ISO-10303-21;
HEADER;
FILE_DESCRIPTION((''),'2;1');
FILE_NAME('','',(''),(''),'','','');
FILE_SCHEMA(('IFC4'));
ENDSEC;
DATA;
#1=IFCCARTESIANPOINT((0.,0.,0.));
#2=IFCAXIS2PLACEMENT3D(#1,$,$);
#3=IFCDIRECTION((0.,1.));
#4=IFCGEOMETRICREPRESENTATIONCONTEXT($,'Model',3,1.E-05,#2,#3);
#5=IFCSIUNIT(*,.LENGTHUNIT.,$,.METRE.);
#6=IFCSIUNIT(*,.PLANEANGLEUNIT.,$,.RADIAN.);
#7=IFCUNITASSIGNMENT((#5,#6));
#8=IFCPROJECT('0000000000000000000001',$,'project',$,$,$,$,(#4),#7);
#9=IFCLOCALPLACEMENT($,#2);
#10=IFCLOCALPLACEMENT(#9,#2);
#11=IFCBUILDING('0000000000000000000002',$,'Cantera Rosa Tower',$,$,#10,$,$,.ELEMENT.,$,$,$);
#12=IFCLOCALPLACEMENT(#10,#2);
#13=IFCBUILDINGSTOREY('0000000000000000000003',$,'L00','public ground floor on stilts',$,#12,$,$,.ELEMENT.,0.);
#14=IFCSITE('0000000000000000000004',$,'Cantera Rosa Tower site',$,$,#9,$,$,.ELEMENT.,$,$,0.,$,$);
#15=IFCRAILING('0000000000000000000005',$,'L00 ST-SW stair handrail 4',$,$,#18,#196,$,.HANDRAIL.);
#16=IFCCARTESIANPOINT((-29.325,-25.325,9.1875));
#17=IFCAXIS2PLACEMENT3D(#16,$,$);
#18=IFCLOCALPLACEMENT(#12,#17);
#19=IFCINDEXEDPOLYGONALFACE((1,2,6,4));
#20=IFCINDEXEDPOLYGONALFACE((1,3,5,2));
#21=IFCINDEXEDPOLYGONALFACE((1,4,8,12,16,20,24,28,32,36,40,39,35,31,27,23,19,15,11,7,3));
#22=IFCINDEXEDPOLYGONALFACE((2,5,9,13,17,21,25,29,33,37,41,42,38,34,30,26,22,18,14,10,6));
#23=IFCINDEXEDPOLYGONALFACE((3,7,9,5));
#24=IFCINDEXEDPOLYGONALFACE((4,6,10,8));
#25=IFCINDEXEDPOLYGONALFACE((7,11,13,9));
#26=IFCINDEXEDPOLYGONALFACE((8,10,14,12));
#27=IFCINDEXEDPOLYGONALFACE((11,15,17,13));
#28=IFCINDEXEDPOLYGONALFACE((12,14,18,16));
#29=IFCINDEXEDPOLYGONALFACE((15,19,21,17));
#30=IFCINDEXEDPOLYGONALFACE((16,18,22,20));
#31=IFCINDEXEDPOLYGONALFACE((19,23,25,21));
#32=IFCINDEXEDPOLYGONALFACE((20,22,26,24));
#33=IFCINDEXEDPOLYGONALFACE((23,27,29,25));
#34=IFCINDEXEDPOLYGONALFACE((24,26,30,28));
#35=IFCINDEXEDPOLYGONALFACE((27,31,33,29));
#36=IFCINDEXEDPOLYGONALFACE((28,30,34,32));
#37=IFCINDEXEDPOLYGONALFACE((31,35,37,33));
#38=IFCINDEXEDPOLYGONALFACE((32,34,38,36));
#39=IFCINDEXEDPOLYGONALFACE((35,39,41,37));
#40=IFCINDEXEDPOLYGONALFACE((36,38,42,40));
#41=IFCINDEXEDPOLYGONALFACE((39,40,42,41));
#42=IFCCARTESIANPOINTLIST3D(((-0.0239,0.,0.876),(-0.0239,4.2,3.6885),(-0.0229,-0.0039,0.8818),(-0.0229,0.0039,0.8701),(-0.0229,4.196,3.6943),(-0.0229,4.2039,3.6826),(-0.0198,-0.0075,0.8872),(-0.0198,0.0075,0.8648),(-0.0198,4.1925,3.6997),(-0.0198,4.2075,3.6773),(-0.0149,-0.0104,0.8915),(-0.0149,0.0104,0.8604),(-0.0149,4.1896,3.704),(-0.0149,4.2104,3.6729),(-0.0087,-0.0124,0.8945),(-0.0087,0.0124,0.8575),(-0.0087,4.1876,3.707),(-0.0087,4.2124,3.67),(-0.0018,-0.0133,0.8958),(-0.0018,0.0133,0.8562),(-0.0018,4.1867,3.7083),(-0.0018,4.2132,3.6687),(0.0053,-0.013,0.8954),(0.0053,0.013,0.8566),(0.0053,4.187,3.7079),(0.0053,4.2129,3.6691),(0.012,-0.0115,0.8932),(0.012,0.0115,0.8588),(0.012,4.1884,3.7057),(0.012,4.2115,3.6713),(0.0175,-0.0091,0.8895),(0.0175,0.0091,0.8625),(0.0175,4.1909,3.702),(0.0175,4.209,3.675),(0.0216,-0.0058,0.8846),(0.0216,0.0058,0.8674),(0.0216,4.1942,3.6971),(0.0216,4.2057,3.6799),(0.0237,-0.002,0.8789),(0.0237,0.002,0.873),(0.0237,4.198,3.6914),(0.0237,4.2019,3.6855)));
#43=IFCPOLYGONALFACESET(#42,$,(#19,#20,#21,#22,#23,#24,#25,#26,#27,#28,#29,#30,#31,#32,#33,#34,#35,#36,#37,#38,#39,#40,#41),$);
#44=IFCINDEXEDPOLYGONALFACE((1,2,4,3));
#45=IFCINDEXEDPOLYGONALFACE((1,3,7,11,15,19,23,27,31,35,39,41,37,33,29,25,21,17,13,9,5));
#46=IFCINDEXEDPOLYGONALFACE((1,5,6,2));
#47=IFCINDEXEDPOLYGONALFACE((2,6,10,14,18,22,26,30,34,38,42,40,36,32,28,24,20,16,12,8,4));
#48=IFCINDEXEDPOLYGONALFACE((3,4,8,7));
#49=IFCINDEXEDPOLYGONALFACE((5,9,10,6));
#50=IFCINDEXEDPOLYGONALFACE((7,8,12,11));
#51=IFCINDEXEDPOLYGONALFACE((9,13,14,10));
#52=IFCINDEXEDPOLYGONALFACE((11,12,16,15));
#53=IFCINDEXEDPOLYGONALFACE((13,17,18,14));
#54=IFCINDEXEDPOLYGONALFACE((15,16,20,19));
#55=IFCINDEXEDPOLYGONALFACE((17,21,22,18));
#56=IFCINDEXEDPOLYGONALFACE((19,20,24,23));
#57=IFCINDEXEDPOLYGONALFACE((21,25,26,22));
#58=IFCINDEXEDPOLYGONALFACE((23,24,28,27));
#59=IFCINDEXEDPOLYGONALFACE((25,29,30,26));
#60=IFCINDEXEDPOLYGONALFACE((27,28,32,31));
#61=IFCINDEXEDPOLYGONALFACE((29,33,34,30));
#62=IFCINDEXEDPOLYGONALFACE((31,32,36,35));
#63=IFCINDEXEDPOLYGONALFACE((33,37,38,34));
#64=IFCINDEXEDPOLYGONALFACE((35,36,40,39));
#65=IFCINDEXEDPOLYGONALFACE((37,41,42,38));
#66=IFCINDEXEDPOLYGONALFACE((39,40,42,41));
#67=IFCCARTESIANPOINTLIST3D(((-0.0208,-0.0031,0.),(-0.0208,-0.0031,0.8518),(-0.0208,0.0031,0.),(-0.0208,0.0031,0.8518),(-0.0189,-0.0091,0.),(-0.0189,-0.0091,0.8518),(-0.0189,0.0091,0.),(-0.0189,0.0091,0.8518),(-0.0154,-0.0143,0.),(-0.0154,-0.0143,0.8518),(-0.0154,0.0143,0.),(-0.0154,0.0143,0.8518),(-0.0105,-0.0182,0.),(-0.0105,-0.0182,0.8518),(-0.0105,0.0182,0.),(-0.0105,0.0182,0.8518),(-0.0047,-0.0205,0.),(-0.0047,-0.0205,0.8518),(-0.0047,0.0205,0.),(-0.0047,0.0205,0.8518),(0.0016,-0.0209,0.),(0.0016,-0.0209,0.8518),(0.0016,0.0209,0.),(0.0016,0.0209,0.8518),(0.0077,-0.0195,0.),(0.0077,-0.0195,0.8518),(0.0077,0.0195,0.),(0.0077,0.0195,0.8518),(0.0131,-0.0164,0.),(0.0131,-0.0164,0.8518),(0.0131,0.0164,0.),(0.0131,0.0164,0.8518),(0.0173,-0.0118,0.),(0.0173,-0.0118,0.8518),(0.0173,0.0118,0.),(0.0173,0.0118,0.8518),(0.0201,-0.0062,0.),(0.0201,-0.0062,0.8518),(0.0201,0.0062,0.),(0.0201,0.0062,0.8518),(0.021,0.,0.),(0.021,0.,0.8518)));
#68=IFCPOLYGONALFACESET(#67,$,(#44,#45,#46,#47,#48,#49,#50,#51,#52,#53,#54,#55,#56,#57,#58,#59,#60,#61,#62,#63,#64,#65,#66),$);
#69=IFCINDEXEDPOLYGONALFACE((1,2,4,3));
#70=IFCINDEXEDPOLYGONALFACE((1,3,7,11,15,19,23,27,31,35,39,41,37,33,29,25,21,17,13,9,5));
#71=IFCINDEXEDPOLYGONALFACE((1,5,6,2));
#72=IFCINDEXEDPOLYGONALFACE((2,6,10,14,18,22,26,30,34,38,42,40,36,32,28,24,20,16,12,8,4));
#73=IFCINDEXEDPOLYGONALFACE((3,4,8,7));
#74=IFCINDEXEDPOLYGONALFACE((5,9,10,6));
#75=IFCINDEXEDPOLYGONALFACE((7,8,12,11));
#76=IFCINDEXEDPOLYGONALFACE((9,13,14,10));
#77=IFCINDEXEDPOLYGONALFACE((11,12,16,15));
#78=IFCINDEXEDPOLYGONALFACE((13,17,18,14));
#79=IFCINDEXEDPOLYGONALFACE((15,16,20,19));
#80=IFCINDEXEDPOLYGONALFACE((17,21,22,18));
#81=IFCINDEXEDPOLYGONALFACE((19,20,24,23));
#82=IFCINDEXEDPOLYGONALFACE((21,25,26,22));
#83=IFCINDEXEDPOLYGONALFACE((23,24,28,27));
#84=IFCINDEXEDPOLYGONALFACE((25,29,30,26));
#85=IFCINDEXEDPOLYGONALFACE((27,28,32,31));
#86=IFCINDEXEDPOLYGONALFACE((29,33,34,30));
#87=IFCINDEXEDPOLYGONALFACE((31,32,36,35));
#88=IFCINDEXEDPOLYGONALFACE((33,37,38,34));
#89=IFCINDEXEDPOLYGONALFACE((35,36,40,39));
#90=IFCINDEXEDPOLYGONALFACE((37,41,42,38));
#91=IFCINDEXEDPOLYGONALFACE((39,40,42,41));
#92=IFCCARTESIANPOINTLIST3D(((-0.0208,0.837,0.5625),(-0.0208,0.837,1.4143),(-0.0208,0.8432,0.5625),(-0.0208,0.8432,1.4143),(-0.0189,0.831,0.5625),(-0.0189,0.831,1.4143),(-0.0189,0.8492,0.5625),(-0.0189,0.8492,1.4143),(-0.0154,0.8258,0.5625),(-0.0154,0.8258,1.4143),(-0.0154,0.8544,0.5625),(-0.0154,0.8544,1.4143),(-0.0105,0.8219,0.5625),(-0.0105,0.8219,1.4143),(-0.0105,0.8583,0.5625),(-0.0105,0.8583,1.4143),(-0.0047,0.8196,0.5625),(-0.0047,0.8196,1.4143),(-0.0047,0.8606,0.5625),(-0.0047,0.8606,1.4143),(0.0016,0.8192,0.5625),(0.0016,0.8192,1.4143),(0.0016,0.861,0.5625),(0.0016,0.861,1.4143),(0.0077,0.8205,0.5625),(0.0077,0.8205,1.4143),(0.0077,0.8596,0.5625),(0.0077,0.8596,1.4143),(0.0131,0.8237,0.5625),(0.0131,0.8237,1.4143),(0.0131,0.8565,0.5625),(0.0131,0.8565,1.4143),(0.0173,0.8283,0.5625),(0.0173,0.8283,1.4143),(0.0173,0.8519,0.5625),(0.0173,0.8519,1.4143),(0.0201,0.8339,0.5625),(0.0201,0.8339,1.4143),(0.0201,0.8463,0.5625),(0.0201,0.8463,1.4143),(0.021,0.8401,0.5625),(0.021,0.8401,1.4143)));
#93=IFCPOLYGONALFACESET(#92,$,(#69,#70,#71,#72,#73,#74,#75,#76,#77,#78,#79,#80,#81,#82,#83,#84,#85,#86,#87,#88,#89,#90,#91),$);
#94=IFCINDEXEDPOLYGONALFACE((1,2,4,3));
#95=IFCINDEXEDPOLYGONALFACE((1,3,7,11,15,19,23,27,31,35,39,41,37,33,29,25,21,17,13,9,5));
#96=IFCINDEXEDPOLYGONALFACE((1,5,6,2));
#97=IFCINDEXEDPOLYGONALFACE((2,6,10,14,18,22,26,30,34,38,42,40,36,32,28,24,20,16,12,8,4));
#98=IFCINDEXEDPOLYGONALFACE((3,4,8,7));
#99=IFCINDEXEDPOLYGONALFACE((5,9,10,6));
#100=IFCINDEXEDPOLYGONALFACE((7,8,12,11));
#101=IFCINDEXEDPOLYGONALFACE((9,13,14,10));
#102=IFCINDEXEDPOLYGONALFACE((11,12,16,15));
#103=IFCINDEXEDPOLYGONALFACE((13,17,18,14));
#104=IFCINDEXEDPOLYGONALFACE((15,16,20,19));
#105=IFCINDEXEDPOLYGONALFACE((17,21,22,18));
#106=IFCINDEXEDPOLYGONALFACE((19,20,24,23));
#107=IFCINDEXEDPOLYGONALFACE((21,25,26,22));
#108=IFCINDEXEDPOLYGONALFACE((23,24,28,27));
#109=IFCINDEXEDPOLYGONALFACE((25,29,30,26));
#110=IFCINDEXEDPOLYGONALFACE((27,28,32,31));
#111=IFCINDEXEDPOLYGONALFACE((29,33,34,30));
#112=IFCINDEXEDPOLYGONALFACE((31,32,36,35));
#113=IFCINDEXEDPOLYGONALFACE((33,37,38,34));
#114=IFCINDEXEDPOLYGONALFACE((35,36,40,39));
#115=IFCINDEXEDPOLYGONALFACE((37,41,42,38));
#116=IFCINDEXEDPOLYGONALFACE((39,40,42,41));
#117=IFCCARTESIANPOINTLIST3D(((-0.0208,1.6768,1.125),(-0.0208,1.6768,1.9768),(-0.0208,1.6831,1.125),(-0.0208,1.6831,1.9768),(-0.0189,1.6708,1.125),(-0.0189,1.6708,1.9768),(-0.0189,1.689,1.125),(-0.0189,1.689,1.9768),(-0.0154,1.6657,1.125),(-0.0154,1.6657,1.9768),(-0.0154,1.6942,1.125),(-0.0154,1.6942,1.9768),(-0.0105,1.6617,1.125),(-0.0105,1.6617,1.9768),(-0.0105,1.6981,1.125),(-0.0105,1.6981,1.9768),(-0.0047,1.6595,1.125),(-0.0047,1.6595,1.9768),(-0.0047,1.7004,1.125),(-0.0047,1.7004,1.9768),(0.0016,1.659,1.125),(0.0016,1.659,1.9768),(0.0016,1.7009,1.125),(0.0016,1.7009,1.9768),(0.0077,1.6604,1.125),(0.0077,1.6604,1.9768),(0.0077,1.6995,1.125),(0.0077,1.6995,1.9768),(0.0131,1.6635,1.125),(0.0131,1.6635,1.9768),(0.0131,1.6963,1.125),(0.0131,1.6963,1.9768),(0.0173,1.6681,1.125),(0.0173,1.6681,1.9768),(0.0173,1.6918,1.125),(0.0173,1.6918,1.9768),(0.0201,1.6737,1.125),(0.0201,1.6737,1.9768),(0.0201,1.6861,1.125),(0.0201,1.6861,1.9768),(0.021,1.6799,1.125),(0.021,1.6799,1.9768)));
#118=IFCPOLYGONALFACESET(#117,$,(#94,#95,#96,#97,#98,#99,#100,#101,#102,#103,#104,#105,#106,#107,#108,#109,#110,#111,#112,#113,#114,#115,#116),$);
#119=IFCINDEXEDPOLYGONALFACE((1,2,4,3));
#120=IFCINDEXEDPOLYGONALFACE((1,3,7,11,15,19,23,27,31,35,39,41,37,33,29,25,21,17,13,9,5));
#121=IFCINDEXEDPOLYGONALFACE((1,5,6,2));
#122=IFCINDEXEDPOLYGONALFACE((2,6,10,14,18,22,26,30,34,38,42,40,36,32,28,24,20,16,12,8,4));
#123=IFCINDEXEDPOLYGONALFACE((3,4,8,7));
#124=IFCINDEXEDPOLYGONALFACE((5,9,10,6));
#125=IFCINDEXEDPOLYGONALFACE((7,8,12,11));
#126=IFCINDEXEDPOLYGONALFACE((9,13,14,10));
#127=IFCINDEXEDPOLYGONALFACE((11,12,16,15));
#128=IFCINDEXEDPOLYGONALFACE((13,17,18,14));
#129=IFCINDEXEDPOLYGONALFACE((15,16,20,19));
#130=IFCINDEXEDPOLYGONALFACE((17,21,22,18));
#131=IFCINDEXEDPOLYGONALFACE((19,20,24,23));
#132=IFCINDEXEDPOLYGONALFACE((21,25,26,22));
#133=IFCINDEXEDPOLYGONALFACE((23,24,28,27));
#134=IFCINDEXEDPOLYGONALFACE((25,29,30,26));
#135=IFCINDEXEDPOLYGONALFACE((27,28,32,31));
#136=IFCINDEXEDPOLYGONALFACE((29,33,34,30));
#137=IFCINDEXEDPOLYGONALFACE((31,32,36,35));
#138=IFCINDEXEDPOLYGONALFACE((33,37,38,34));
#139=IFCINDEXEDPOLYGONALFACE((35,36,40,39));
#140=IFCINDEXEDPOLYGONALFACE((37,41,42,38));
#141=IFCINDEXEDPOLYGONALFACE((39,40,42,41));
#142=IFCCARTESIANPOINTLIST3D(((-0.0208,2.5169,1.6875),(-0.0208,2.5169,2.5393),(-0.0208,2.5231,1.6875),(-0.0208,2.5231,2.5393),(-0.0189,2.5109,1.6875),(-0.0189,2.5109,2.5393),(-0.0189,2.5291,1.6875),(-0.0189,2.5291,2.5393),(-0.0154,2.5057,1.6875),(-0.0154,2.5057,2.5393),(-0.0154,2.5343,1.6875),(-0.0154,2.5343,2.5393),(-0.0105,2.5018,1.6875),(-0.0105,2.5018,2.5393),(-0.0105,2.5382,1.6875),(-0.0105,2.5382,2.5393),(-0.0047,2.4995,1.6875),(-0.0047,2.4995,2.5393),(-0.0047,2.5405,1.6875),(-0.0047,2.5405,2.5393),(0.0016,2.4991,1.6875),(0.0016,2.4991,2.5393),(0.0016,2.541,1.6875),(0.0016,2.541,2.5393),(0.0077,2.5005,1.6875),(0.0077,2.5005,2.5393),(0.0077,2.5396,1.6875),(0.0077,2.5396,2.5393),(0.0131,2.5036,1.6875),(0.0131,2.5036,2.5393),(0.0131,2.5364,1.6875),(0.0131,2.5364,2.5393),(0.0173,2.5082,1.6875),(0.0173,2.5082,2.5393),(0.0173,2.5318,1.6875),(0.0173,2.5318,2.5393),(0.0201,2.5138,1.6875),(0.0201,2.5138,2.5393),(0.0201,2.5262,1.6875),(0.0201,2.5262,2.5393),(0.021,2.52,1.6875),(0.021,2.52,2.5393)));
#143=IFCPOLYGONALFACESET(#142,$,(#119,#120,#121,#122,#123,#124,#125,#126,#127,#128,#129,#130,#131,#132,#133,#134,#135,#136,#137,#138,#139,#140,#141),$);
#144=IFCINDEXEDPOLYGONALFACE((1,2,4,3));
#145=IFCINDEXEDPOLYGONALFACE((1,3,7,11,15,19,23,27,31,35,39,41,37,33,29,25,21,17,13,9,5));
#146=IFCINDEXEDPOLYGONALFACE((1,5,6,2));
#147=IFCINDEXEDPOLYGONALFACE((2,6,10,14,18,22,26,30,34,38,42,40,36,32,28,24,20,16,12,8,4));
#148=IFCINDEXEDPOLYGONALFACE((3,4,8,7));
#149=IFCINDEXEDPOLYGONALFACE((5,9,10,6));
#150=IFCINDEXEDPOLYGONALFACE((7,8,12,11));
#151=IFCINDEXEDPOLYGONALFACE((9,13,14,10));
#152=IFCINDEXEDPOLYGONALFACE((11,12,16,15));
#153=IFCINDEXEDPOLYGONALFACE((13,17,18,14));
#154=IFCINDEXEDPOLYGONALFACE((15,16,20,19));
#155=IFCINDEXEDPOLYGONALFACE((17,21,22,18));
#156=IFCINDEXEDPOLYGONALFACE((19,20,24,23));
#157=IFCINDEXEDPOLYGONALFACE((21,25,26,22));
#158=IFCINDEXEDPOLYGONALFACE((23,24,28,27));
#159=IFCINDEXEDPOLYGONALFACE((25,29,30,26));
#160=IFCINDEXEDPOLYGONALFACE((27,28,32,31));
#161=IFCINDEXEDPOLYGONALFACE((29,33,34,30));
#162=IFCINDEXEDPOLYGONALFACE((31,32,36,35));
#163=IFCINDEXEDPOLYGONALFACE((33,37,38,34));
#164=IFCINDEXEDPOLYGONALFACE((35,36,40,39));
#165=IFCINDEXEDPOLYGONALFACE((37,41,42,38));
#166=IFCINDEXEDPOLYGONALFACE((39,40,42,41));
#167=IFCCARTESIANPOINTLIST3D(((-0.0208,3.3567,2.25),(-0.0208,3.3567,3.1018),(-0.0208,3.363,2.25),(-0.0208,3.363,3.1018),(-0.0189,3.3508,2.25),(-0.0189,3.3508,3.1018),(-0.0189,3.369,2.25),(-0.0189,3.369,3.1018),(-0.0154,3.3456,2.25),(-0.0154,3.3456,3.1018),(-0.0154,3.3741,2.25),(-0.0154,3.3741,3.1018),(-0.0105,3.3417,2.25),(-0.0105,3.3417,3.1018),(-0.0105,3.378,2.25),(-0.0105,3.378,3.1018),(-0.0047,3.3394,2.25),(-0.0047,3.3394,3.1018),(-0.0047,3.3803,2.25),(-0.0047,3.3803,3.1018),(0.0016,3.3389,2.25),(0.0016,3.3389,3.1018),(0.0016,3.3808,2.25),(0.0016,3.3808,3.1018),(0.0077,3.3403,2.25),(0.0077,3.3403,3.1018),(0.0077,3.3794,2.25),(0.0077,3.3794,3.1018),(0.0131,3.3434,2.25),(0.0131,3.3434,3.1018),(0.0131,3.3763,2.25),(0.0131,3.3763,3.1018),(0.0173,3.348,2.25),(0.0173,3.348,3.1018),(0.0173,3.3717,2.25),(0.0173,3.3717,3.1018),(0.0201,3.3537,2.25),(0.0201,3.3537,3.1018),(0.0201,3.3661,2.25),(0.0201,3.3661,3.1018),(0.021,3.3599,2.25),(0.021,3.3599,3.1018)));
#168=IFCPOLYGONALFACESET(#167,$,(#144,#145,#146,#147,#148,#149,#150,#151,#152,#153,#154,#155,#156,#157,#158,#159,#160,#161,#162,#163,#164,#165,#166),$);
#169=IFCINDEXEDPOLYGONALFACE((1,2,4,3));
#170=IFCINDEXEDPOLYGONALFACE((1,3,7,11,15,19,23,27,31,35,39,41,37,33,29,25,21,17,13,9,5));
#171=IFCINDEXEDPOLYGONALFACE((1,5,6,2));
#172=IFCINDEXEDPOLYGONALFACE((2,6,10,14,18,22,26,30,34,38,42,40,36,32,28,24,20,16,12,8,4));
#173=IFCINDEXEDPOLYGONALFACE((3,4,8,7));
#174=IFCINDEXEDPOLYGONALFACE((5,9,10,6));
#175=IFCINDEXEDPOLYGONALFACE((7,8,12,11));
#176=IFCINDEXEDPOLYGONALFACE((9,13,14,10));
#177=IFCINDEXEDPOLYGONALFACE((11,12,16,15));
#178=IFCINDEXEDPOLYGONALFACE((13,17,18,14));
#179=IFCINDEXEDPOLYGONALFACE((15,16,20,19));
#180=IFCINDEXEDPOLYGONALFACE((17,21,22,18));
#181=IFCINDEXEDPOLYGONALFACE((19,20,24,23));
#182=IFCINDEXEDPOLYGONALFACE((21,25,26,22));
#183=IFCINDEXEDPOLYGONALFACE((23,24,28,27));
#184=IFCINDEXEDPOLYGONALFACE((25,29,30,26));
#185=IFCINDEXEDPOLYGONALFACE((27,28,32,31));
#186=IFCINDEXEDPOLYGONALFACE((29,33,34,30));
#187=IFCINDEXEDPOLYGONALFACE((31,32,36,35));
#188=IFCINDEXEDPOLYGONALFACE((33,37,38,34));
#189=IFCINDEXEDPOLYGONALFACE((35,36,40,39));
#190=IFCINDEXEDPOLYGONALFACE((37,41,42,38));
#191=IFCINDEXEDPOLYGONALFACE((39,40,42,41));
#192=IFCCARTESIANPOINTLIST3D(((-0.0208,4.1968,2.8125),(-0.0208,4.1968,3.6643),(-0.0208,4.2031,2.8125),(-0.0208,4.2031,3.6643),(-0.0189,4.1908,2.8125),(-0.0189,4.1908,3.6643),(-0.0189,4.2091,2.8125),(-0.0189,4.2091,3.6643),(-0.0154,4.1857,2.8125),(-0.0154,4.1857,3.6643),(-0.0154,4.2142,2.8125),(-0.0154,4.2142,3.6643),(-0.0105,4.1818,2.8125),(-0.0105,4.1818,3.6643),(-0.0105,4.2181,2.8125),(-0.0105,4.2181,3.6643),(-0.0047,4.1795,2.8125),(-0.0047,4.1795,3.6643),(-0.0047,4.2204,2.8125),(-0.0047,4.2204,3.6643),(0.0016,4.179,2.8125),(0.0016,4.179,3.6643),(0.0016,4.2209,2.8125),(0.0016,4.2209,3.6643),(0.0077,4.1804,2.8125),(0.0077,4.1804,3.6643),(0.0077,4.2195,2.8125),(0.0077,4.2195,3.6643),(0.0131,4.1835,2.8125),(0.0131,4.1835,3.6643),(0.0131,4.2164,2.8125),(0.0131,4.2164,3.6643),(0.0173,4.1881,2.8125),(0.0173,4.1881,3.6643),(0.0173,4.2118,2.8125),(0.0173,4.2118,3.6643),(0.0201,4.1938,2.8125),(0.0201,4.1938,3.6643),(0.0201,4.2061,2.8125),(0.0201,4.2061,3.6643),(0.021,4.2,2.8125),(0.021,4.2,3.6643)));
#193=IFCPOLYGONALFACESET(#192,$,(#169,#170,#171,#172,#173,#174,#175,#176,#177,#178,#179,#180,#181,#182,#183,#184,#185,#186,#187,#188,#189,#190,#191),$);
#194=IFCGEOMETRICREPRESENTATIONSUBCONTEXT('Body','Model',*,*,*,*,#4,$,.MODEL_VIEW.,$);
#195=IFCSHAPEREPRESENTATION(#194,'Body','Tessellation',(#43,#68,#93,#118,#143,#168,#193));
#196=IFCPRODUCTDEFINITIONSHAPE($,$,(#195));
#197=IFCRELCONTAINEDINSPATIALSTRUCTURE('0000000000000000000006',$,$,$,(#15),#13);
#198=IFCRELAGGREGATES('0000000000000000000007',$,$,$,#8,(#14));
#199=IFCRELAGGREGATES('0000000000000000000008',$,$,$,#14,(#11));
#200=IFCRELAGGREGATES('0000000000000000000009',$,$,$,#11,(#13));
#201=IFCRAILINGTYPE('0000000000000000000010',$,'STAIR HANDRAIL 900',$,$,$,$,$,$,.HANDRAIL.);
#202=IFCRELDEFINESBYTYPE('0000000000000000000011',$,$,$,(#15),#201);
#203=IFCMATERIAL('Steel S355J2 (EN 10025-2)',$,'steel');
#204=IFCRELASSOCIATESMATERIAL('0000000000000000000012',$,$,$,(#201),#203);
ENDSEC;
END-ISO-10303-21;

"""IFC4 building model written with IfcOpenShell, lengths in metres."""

from ifc_helpers import new_model, si_unit, direction, frame, origin, origin_2d, place, context, subcontext, project, spatial, circle, extrude, material, type_object, element, save


model = new_model("IFC4")

# Units and contexts
model_context = context("Model", 3, precision=1e-05, world=origin(), true_north=direction((0.0, 1.0)))
body_context = subcontext(model_context, "Body", "Model", "MODEL_VIEW")
ifc_project = project(units=[si_unit("LENGTHUNIT", "METRE"), si_unit("PLANEANGLEUNIT", "RADIAN")], contexts=[model_context])

# Site, building, storey
site_placement = place(None, origin())
site = spatial("IfcSite", under=ifc_project, at=site_placement, Name="Cantera Rosa Tower site", CompositionType="ELEMENT", RefElevation=0.0)
building_placement = place(site_placement, origin())
building = spatial("IfcBuilding", under=site, at=building_placement, Name="Cantera Rosa Tower", CompositionType="ELEMENT")
storey_placement = place(building_placement, origin())
storey = spatial("IfcBuildingStorey", under=building, at=storey_placement, Name="L00", Description="public ground floor on stilts", CompositionType="ELEMENT", Elevation=0.0)

# Railing
ifc_material_1 = material(Name="Steel S355J2 (EN 10025-2)", Category="steel")
railing_type_1 = type_object("IfcRailingType", Name="STAIR HANDRAIL 900", PredefinedType="HANDRAIL", material=ifc_material_1)
for number, where, name in (
    (1, (-29.325, -25.325, 9.1875), "L00 ST-SW stair handrail 4"),
):
    element("IfcRailing", number, at=place(storey_placement, frame(where)), inside=storey, type_object=railing_type_1, Name=name, PredefinedType="HANDRAIL", context=body_context, shape_type="SweptSolid", body=[
        extrude(circle(Radius=0.0239, at=origin_2d()), frame((0.0, 0.0, 0.876), z_axis=(0.0, 0.830904, 0.556416), x_axis=(-1.0, 0.0, 0.0)), (0.0, 0.0, 1.0), 5.0547),
        extrude(circle(Radius=0.021, at=origin_2d()), origin(), (0.0, 0.0, 1.0), 0.8518),
        extrude(circle(Radius=0.021, at=origin_2d()), frame((0.0, 0.8401, 0.5625)), (0.0, 0.0, 1.0), 0.8518),
        extrude(circle(Radius=0.021, at=origin_2d()), frame((0.0, 1.6799, 1.125)), (0.0, 0.0, 1.0), 0.8518),
        extrude(circle(Radius=0.021, at=origin_2d()), frame((0.0, 2.52, 1.6875)), (0.0, 0.0, 1.0), 0.8518),
        extrude(circle(Radius=0.021, at=origin_2d()), frame((0.0, 3.3599, 2.25)), (0.0, 0.0, 1.0), 0.8518),
        extrude(circle(Radius=0.021, at=origin_2d()), frame((0.0, 4.2, 2.8125)), (0.0, 0.0, 1.0), 0.8518),
    ])

save(model, "model.ifc")
